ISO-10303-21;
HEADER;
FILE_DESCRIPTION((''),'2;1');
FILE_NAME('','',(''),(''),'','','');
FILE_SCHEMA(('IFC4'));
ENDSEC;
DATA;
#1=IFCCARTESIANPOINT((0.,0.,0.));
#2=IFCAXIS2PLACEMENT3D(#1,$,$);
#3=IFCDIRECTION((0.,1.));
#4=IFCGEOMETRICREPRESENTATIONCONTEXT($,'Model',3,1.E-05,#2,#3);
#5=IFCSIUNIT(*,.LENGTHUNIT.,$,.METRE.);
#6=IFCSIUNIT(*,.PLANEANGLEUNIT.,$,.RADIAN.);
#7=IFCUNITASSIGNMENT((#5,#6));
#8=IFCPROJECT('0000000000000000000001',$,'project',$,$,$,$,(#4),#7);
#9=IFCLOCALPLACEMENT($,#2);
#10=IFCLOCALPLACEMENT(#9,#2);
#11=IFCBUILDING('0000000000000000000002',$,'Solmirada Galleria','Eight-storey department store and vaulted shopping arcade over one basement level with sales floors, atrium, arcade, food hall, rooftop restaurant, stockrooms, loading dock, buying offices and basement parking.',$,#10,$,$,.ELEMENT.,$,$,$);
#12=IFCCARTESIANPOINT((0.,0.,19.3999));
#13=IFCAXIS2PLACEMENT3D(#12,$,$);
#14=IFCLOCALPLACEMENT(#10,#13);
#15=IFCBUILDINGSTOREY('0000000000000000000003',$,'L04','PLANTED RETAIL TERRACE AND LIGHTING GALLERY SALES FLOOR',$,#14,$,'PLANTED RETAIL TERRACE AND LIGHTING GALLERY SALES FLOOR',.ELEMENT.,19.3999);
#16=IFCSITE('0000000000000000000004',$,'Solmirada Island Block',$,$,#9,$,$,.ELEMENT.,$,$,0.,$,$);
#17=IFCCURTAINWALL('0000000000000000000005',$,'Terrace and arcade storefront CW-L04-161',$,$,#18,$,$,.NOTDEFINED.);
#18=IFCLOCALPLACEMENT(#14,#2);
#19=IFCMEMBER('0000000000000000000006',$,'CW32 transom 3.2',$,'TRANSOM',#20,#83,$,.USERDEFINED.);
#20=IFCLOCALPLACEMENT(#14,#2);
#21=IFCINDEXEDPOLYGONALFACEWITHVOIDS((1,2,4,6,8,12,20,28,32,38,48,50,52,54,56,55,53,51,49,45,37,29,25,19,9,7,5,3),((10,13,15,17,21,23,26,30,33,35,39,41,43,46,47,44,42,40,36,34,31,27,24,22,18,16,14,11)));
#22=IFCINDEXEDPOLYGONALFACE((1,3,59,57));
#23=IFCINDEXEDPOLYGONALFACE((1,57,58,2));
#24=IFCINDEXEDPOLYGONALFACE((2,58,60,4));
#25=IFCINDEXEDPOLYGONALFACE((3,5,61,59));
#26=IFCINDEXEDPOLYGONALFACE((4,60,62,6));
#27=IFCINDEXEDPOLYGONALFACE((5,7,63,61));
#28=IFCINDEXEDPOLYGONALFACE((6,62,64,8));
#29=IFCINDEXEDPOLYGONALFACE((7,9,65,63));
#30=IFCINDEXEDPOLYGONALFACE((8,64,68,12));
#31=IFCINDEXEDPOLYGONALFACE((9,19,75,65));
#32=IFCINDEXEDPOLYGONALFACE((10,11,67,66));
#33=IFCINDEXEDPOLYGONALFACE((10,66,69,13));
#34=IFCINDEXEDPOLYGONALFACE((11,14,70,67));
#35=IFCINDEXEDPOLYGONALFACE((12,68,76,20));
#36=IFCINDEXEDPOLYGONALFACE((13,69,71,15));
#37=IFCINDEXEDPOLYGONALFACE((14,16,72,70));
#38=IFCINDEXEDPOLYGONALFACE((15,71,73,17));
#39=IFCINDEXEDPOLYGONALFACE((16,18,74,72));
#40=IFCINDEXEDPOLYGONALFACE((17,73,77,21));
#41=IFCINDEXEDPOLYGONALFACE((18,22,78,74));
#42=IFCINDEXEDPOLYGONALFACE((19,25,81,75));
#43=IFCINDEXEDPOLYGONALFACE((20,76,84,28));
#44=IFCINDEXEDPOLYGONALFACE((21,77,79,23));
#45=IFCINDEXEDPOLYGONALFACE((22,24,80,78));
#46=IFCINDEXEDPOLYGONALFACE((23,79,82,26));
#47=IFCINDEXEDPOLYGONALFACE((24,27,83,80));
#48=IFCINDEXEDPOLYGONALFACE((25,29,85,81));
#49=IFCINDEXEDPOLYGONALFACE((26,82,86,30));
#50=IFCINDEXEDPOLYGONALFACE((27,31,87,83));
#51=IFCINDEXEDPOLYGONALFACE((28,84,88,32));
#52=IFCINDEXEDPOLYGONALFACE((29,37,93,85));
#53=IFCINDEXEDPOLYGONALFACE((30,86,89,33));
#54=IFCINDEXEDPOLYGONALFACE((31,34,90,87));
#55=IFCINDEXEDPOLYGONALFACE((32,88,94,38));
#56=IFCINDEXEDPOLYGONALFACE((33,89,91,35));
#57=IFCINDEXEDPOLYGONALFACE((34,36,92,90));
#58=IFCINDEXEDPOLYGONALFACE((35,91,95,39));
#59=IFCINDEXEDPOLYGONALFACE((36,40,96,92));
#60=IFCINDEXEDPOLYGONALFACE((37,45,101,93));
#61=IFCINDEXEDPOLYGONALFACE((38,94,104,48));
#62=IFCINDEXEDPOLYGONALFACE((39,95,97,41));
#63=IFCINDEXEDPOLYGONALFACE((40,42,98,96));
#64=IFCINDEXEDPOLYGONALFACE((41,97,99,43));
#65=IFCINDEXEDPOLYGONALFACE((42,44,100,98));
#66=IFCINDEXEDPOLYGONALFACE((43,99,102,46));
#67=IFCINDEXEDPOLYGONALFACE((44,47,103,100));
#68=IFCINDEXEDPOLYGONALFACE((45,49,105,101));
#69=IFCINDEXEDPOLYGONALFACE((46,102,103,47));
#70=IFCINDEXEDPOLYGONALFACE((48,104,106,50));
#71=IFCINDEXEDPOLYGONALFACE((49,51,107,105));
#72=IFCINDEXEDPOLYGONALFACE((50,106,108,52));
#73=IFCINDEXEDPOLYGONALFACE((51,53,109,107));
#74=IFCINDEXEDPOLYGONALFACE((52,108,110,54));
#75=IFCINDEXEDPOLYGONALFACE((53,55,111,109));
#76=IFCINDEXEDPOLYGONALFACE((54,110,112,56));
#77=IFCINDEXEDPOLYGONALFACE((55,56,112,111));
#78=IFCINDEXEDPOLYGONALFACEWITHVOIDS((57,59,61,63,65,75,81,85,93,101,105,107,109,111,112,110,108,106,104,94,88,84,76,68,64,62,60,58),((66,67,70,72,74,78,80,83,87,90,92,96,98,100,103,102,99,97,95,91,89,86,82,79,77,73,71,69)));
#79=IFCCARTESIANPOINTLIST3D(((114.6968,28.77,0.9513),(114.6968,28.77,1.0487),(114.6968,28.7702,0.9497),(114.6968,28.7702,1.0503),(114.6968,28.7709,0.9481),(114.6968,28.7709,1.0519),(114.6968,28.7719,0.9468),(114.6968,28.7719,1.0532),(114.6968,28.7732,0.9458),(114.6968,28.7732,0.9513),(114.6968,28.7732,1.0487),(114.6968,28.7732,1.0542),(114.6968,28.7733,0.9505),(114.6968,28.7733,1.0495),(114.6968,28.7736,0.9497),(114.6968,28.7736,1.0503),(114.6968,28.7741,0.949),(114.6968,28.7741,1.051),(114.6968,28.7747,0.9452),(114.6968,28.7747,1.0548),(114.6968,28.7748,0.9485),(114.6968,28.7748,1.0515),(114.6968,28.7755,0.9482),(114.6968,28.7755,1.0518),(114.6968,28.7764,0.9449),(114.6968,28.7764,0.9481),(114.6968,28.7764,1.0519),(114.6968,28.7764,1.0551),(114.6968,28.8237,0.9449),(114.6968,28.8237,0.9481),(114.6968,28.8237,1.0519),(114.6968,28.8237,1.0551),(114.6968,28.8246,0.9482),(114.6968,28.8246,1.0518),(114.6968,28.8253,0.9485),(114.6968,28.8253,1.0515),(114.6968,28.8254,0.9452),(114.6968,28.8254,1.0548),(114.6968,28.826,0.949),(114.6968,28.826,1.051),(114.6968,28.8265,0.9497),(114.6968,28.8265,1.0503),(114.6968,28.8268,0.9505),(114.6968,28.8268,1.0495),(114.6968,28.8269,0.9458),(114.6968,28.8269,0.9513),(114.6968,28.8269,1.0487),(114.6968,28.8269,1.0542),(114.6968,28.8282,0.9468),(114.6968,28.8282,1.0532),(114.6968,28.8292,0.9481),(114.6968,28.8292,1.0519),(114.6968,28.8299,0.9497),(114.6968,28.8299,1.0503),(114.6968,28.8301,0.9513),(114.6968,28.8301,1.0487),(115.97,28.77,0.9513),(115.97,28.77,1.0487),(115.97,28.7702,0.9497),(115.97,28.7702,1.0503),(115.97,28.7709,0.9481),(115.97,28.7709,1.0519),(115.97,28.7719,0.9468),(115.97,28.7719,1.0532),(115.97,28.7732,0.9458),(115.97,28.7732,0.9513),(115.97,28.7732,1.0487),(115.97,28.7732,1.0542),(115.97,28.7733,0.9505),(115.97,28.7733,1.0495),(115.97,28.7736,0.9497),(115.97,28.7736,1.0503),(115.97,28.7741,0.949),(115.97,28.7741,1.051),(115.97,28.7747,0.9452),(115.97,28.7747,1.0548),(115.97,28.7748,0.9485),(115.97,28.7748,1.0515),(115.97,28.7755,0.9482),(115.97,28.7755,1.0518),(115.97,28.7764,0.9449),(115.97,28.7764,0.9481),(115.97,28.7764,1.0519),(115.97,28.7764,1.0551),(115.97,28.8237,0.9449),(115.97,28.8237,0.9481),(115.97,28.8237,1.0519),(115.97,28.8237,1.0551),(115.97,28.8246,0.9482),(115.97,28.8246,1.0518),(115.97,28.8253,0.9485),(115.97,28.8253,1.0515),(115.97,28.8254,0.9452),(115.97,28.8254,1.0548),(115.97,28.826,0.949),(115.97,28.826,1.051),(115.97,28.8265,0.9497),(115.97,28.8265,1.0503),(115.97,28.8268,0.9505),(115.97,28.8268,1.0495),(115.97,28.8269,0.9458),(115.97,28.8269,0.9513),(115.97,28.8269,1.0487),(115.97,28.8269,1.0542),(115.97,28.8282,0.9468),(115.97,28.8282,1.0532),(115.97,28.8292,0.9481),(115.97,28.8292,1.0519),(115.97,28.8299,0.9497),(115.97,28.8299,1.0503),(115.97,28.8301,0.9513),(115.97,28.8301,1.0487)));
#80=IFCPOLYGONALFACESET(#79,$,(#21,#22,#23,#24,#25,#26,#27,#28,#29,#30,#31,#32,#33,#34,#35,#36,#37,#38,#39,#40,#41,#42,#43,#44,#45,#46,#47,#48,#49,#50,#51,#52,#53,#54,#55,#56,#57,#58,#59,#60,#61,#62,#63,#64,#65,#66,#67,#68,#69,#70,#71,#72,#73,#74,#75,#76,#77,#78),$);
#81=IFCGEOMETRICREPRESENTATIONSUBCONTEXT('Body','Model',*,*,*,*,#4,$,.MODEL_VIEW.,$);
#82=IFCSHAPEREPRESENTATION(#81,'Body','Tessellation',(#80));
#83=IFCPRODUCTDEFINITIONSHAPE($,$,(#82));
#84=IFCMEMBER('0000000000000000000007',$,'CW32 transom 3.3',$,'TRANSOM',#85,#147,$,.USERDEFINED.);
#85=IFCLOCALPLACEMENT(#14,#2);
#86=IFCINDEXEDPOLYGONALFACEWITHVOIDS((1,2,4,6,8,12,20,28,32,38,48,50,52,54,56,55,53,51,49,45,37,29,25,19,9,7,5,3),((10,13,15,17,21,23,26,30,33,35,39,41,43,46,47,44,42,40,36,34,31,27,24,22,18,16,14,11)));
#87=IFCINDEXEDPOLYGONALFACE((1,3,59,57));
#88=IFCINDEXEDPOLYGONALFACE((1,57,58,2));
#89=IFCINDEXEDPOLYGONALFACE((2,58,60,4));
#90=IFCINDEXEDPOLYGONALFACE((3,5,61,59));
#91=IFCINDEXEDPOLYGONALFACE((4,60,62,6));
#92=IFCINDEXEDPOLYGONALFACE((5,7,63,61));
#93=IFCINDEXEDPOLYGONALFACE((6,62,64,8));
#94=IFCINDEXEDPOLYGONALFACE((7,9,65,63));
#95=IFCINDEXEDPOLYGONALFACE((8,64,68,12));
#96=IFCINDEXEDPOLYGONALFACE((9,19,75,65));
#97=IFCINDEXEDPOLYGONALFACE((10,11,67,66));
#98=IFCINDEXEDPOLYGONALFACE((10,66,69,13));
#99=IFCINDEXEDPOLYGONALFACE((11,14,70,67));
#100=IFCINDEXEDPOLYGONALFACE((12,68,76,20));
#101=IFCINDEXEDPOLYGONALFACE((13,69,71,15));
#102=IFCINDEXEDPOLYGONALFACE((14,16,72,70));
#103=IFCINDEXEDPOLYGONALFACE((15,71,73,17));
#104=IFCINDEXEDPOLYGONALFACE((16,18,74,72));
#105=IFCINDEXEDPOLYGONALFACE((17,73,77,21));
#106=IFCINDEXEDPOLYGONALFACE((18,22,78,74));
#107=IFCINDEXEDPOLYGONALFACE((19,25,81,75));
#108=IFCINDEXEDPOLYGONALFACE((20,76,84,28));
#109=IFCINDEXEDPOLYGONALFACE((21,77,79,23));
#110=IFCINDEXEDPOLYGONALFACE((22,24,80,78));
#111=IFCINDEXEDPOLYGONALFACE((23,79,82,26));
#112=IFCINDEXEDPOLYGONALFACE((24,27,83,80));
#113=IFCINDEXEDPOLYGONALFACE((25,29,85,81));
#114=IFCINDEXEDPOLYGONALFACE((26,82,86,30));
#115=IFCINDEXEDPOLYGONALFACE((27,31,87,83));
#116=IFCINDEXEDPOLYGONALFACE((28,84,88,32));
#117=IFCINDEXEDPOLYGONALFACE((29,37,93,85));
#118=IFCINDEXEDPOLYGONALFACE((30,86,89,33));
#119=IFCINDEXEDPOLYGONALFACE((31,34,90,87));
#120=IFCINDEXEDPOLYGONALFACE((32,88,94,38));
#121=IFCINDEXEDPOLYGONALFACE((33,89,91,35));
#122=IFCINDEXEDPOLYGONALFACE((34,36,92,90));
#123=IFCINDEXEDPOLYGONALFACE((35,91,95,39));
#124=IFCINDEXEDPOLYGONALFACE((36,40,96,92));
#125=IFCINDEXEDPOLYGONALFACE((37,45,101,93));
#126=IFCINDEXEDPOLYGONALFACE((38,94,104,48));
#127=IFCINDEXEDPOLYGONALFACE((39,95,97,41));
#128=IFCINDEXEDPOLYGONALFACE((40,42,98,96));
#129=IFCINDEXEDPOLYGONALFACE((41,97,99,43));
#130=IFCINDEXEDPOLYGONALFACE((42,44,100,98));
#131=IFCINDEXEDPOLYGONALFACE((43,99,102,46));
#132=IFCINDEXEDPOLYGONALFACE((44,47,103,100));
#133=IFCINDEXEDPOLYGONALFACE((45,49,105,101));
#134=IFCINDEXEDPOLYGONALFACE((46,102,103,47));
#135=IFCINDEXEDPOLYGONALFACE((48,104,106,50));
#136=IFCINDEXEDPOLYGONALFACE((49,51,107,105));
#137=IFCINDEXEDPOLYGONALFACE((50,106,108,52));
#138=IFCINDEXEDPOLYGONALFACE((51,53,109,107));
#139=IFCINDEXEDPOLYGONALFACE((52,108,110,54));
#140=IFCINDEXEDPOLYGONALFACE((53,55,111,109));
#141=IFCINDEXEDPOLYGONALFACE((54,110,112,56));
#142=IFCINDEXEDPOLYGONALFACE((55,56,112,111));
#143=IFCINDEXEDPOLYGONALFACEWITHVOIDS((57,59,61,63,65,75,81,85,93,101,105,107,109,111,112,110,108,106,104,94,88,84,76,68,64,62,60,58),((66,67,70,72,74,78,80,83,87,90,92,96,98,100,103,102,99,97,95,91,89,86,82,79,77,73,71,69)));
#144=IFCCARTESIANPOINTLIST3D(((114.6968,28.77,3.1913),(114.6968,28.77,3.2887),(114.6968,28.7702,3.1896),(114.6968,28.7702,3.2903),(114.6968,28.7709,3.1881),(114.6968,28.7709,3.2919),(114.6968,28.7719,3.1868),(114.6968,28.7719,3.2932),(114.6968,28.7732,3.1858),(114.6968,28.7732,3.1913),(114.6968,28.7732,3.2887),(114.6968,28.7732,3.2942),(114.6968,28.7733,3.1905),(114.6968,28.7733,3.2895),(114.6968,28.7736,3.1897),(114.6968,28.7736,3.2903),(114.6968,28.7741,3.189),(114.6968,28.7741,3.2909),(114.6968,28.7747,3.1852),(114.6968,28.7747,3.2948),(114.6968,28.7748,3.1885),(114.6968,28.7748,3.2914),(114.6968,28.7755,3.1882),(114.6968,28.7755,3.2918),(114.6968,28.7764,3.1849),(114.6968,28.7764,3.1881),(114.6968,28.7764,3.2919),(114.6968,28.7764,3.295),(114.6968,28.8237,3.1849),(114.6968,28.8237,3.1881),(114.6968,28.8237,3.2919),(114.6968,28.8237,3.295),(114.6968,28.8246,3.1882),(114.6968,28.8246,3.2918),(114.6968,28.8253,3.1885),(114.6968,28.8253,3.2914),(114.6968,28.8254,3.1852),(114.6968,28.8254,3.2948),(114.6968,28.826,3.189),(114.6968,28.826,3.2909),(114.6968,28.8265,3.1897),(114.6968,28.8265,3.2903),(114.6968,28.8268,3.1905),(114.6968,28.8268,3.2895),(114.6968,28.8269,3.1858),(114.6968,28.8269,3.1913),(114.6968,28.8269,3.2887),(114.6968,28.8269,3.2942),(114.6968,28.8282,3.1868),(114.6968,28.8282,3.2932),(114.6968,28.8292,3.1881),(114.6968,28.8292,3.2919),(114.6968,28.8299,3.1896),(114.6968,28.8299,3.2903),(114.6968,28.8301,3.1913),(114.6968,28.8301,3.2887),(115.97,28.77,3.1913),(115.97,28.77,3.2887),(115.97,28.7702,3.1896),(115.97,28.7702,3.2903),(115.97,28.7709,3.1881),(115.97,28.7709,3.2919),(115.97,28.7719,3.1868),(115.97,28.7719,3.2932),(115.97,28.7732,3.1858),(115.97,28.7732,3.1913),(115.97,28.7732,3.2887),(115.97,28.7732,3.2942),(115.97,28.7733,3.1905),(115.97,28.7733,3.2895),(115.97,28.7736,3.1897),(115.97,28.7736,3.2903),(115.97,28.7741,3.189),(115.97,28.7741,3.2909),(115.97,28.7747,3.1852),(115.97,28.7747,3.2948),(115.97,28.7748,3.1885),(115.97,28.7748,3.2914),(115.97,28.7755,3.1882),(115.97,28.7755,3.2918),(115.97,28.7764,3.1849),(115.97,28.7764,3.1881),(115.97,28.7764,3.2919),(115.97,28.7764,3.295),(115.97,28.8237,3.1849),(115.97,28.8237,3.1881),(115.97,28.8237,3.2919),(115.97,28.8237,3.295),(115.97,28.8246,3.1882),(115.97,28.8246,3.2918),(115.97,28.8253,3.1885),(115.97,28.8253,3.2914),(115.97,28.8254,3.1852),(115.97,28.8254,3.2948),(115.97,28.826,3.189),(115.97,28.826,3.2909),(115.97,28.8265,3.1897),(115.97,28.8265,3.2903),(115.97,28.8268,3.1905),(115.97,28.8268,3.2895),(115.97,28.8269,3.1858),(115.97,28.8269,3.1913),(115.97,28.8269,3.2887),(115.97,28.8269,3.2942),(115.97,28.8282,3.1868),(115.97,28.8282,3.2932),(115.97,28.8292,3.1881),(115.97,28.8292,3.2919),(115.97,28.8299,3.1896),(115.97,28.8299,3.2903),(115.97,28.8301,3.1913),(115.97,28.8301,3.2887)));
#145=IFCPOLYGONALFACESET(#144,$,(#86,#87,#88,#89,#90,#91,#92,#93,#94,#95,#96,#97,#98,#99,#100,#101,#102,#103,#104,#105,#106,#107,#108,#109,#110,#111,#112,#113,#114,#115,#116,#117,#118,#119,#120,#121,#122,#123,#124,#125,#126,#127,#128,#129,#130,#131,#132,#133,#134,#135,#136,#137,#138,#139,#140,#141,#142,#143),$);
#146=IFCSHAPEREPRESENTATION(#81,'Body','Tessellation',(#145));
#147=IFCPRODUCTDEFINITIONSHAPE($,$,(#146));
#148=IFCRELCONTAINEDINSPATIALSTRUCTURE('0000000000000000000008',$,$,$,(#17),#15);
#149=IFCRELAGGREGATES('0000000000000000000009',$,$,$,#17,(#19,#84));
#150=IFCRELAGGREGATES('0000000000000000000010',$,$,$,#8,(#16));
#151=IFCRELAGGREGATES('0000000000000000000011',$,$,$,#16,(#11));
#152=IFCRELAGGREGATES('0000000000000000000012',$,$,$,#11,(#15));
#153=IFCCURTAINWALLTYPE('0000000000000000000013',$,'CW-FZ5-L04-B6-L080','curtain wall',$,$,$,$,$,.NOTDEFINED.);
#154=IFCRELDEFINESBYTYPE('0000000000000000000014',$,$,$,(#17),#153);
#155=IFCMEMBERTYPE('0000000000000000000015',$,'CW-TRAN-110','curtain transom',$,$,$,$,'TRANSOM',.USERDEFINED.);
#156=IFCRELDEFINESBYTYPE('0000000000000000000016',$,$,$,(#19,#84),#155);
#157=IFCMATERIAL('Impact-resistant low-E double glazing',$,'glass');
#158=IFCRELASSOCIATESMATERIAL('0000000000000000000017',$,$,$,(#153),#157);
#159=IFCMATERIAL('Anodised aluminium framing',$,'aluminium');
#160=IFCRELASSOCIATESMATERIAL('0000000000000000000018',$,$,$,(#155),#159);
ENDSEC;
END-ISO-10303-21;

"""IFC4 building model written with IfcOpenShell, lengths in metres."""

from ifc_helpers import new_model, si_unit, direction, frame, origin, origin_2d, place, context, subcontext, project, spatial, hollow_rectangle, extrude, material, material_profile, profile_set, type_object, element, aggregate, save


model = new_model("IFC4")

# Units and contexts
model_context = context("Model", 3, precision=1e-05, world=origin(), true_north=direction((0.0, 1.0)))
body_context = subcontext(model_context, "Body", "Model", "MODEL_VIEW")
ifc_project = project(units=[si_unit("LENGTHUNIT", "METRE"), si_unit("PLANEANGLEUNIT", "RADIAN")], contexts=[model_context])

# Site, building, storey
site_placement = place(None, origin())
site = spatial("IfcSite", under=ifc_project, at=site_placement, Name="Solmirada Island Block", CompositionType="ELEMENT", RefElevation=0.0)
building_placement = place(site_placement, origin())
building = spatial("IfcBuilding", under=site, at=building_placement, Name="Solmirada Galleria", Description="Eight-storey department store and vaulted shopping arcade over one basement level with sales floors, atrium, arcade, food hall, rooftop restaurant, stockrooms, loading dock, buying offices and basement parking.", CompositionType="ELEMENT")
storey_placement = place(building_placement, frame((0.0, 0.0, 19.3999)))
storey = spatial("IfcBuildingStorey", under=building, at=storey_placement, Name="L04", Description="PLANTED RETAIL TERRACE AND LIGHTING GALLERY SALES FLOOR", LongName="PLANTED RETAIL TERRACE AND LIGHTING GALLERY SALES FLOOR", CompositionType="ELEMENT", Elevation=19.3999)

# Curtain wall, members
ifc_material_1 = material(Name="Impact-resistant low-E double glazing", Category="glass")
curtain_wall_type = type_object("IfcCurtainWallType", Name="CW-FZ5-L04-B6-L080", Description="curtain wall", PredefinedType="NOTDEFINED", material=ifc_material_1)
curtain_wall_placement = place(storey_placement, origin())
curtain_wall = element("IfcCurtainWall", 1, at=curtain_wall_placement, inside=storey, type_object=curtain_wall_type, Name="Terrace and arcade storefront CW-L04-161", PredefinedType="NOTDEFINED")
ifc_material_2 = material(Name="Anodised aluminium framing", Category="aluminium")
ifc_material_profile_1 = material_profile(ifc_material_2, hollow_rectangle(XDim=0.0601, YDim=0.1101, WallThickness=0.0032, InnerFilletRadius=0.0032, OuterFilletRadius=0.0063, at=origin_2d()), Name="ALU-TRAN-110X60")
ifc_profile_set_1 = profile_set([ifc_material_profile_1], Name="Anodised aluminium framing")
member_type_1 = type_object("IfcMemberType", Name="CW-TRAN-110", Description="curtain transom", ElementType="TRANSOM", PredefinedType="USERDEFINED", material=ifc_profile_set_1)
member_1_placement = place(storey_placement, frame((114.6968, 28.8, 1.0), z_axis=(1.0, 0.0, 0.0), x_axis=(0.0, 1.0, 0.0)))
member_1 = element("IfcMember", 2, at=member_1_placement, type_object=member_type_1, Name="CW32 transom 3.2", ObjectType="TRANSOM", PredefinedType="USERDEFINED", context=body_context, shape_type="SweptSolid", body=[
    extrude(hollow_rectangle(XDim=0.0601, YDim=0.1101, WallThickness=0.0032, InnerFilletRadius=0.0032, OuterFilletRadius=0.0063, at=origin_2d()), origin(), (0.0, 0.0, 1.0), 1.2732),
])
member_2_placement = place(storey_placement, frame((114.6968, 28.8, 3.24), z_axis=(1.0, 0.0, 0.0), x_axis=(0.0, 1.0, 0.0)))
member_2 = element("IfcMember", 3, at=member_2_placement, type_object=member_type_1, Name="CW32 transom 3.3", ObjectType="TRANSOM", PredefinedType="USERDEFINED", context=body_context, shape_type="SweptSolid", body=[
    extrude(hollow_rectangle(XDim=0.0601, YDim=0.1101, WallThickness=0.0032, InnerFilletRadius=0.0032, OuterFilletRadius=0.0063, at=origin_2d()), origin(), (0.0, 0.0, 1.0), 1.2732),
])
aggregate(curtain_wall, [member_1, member_2])

save(model, "model.ifc")
